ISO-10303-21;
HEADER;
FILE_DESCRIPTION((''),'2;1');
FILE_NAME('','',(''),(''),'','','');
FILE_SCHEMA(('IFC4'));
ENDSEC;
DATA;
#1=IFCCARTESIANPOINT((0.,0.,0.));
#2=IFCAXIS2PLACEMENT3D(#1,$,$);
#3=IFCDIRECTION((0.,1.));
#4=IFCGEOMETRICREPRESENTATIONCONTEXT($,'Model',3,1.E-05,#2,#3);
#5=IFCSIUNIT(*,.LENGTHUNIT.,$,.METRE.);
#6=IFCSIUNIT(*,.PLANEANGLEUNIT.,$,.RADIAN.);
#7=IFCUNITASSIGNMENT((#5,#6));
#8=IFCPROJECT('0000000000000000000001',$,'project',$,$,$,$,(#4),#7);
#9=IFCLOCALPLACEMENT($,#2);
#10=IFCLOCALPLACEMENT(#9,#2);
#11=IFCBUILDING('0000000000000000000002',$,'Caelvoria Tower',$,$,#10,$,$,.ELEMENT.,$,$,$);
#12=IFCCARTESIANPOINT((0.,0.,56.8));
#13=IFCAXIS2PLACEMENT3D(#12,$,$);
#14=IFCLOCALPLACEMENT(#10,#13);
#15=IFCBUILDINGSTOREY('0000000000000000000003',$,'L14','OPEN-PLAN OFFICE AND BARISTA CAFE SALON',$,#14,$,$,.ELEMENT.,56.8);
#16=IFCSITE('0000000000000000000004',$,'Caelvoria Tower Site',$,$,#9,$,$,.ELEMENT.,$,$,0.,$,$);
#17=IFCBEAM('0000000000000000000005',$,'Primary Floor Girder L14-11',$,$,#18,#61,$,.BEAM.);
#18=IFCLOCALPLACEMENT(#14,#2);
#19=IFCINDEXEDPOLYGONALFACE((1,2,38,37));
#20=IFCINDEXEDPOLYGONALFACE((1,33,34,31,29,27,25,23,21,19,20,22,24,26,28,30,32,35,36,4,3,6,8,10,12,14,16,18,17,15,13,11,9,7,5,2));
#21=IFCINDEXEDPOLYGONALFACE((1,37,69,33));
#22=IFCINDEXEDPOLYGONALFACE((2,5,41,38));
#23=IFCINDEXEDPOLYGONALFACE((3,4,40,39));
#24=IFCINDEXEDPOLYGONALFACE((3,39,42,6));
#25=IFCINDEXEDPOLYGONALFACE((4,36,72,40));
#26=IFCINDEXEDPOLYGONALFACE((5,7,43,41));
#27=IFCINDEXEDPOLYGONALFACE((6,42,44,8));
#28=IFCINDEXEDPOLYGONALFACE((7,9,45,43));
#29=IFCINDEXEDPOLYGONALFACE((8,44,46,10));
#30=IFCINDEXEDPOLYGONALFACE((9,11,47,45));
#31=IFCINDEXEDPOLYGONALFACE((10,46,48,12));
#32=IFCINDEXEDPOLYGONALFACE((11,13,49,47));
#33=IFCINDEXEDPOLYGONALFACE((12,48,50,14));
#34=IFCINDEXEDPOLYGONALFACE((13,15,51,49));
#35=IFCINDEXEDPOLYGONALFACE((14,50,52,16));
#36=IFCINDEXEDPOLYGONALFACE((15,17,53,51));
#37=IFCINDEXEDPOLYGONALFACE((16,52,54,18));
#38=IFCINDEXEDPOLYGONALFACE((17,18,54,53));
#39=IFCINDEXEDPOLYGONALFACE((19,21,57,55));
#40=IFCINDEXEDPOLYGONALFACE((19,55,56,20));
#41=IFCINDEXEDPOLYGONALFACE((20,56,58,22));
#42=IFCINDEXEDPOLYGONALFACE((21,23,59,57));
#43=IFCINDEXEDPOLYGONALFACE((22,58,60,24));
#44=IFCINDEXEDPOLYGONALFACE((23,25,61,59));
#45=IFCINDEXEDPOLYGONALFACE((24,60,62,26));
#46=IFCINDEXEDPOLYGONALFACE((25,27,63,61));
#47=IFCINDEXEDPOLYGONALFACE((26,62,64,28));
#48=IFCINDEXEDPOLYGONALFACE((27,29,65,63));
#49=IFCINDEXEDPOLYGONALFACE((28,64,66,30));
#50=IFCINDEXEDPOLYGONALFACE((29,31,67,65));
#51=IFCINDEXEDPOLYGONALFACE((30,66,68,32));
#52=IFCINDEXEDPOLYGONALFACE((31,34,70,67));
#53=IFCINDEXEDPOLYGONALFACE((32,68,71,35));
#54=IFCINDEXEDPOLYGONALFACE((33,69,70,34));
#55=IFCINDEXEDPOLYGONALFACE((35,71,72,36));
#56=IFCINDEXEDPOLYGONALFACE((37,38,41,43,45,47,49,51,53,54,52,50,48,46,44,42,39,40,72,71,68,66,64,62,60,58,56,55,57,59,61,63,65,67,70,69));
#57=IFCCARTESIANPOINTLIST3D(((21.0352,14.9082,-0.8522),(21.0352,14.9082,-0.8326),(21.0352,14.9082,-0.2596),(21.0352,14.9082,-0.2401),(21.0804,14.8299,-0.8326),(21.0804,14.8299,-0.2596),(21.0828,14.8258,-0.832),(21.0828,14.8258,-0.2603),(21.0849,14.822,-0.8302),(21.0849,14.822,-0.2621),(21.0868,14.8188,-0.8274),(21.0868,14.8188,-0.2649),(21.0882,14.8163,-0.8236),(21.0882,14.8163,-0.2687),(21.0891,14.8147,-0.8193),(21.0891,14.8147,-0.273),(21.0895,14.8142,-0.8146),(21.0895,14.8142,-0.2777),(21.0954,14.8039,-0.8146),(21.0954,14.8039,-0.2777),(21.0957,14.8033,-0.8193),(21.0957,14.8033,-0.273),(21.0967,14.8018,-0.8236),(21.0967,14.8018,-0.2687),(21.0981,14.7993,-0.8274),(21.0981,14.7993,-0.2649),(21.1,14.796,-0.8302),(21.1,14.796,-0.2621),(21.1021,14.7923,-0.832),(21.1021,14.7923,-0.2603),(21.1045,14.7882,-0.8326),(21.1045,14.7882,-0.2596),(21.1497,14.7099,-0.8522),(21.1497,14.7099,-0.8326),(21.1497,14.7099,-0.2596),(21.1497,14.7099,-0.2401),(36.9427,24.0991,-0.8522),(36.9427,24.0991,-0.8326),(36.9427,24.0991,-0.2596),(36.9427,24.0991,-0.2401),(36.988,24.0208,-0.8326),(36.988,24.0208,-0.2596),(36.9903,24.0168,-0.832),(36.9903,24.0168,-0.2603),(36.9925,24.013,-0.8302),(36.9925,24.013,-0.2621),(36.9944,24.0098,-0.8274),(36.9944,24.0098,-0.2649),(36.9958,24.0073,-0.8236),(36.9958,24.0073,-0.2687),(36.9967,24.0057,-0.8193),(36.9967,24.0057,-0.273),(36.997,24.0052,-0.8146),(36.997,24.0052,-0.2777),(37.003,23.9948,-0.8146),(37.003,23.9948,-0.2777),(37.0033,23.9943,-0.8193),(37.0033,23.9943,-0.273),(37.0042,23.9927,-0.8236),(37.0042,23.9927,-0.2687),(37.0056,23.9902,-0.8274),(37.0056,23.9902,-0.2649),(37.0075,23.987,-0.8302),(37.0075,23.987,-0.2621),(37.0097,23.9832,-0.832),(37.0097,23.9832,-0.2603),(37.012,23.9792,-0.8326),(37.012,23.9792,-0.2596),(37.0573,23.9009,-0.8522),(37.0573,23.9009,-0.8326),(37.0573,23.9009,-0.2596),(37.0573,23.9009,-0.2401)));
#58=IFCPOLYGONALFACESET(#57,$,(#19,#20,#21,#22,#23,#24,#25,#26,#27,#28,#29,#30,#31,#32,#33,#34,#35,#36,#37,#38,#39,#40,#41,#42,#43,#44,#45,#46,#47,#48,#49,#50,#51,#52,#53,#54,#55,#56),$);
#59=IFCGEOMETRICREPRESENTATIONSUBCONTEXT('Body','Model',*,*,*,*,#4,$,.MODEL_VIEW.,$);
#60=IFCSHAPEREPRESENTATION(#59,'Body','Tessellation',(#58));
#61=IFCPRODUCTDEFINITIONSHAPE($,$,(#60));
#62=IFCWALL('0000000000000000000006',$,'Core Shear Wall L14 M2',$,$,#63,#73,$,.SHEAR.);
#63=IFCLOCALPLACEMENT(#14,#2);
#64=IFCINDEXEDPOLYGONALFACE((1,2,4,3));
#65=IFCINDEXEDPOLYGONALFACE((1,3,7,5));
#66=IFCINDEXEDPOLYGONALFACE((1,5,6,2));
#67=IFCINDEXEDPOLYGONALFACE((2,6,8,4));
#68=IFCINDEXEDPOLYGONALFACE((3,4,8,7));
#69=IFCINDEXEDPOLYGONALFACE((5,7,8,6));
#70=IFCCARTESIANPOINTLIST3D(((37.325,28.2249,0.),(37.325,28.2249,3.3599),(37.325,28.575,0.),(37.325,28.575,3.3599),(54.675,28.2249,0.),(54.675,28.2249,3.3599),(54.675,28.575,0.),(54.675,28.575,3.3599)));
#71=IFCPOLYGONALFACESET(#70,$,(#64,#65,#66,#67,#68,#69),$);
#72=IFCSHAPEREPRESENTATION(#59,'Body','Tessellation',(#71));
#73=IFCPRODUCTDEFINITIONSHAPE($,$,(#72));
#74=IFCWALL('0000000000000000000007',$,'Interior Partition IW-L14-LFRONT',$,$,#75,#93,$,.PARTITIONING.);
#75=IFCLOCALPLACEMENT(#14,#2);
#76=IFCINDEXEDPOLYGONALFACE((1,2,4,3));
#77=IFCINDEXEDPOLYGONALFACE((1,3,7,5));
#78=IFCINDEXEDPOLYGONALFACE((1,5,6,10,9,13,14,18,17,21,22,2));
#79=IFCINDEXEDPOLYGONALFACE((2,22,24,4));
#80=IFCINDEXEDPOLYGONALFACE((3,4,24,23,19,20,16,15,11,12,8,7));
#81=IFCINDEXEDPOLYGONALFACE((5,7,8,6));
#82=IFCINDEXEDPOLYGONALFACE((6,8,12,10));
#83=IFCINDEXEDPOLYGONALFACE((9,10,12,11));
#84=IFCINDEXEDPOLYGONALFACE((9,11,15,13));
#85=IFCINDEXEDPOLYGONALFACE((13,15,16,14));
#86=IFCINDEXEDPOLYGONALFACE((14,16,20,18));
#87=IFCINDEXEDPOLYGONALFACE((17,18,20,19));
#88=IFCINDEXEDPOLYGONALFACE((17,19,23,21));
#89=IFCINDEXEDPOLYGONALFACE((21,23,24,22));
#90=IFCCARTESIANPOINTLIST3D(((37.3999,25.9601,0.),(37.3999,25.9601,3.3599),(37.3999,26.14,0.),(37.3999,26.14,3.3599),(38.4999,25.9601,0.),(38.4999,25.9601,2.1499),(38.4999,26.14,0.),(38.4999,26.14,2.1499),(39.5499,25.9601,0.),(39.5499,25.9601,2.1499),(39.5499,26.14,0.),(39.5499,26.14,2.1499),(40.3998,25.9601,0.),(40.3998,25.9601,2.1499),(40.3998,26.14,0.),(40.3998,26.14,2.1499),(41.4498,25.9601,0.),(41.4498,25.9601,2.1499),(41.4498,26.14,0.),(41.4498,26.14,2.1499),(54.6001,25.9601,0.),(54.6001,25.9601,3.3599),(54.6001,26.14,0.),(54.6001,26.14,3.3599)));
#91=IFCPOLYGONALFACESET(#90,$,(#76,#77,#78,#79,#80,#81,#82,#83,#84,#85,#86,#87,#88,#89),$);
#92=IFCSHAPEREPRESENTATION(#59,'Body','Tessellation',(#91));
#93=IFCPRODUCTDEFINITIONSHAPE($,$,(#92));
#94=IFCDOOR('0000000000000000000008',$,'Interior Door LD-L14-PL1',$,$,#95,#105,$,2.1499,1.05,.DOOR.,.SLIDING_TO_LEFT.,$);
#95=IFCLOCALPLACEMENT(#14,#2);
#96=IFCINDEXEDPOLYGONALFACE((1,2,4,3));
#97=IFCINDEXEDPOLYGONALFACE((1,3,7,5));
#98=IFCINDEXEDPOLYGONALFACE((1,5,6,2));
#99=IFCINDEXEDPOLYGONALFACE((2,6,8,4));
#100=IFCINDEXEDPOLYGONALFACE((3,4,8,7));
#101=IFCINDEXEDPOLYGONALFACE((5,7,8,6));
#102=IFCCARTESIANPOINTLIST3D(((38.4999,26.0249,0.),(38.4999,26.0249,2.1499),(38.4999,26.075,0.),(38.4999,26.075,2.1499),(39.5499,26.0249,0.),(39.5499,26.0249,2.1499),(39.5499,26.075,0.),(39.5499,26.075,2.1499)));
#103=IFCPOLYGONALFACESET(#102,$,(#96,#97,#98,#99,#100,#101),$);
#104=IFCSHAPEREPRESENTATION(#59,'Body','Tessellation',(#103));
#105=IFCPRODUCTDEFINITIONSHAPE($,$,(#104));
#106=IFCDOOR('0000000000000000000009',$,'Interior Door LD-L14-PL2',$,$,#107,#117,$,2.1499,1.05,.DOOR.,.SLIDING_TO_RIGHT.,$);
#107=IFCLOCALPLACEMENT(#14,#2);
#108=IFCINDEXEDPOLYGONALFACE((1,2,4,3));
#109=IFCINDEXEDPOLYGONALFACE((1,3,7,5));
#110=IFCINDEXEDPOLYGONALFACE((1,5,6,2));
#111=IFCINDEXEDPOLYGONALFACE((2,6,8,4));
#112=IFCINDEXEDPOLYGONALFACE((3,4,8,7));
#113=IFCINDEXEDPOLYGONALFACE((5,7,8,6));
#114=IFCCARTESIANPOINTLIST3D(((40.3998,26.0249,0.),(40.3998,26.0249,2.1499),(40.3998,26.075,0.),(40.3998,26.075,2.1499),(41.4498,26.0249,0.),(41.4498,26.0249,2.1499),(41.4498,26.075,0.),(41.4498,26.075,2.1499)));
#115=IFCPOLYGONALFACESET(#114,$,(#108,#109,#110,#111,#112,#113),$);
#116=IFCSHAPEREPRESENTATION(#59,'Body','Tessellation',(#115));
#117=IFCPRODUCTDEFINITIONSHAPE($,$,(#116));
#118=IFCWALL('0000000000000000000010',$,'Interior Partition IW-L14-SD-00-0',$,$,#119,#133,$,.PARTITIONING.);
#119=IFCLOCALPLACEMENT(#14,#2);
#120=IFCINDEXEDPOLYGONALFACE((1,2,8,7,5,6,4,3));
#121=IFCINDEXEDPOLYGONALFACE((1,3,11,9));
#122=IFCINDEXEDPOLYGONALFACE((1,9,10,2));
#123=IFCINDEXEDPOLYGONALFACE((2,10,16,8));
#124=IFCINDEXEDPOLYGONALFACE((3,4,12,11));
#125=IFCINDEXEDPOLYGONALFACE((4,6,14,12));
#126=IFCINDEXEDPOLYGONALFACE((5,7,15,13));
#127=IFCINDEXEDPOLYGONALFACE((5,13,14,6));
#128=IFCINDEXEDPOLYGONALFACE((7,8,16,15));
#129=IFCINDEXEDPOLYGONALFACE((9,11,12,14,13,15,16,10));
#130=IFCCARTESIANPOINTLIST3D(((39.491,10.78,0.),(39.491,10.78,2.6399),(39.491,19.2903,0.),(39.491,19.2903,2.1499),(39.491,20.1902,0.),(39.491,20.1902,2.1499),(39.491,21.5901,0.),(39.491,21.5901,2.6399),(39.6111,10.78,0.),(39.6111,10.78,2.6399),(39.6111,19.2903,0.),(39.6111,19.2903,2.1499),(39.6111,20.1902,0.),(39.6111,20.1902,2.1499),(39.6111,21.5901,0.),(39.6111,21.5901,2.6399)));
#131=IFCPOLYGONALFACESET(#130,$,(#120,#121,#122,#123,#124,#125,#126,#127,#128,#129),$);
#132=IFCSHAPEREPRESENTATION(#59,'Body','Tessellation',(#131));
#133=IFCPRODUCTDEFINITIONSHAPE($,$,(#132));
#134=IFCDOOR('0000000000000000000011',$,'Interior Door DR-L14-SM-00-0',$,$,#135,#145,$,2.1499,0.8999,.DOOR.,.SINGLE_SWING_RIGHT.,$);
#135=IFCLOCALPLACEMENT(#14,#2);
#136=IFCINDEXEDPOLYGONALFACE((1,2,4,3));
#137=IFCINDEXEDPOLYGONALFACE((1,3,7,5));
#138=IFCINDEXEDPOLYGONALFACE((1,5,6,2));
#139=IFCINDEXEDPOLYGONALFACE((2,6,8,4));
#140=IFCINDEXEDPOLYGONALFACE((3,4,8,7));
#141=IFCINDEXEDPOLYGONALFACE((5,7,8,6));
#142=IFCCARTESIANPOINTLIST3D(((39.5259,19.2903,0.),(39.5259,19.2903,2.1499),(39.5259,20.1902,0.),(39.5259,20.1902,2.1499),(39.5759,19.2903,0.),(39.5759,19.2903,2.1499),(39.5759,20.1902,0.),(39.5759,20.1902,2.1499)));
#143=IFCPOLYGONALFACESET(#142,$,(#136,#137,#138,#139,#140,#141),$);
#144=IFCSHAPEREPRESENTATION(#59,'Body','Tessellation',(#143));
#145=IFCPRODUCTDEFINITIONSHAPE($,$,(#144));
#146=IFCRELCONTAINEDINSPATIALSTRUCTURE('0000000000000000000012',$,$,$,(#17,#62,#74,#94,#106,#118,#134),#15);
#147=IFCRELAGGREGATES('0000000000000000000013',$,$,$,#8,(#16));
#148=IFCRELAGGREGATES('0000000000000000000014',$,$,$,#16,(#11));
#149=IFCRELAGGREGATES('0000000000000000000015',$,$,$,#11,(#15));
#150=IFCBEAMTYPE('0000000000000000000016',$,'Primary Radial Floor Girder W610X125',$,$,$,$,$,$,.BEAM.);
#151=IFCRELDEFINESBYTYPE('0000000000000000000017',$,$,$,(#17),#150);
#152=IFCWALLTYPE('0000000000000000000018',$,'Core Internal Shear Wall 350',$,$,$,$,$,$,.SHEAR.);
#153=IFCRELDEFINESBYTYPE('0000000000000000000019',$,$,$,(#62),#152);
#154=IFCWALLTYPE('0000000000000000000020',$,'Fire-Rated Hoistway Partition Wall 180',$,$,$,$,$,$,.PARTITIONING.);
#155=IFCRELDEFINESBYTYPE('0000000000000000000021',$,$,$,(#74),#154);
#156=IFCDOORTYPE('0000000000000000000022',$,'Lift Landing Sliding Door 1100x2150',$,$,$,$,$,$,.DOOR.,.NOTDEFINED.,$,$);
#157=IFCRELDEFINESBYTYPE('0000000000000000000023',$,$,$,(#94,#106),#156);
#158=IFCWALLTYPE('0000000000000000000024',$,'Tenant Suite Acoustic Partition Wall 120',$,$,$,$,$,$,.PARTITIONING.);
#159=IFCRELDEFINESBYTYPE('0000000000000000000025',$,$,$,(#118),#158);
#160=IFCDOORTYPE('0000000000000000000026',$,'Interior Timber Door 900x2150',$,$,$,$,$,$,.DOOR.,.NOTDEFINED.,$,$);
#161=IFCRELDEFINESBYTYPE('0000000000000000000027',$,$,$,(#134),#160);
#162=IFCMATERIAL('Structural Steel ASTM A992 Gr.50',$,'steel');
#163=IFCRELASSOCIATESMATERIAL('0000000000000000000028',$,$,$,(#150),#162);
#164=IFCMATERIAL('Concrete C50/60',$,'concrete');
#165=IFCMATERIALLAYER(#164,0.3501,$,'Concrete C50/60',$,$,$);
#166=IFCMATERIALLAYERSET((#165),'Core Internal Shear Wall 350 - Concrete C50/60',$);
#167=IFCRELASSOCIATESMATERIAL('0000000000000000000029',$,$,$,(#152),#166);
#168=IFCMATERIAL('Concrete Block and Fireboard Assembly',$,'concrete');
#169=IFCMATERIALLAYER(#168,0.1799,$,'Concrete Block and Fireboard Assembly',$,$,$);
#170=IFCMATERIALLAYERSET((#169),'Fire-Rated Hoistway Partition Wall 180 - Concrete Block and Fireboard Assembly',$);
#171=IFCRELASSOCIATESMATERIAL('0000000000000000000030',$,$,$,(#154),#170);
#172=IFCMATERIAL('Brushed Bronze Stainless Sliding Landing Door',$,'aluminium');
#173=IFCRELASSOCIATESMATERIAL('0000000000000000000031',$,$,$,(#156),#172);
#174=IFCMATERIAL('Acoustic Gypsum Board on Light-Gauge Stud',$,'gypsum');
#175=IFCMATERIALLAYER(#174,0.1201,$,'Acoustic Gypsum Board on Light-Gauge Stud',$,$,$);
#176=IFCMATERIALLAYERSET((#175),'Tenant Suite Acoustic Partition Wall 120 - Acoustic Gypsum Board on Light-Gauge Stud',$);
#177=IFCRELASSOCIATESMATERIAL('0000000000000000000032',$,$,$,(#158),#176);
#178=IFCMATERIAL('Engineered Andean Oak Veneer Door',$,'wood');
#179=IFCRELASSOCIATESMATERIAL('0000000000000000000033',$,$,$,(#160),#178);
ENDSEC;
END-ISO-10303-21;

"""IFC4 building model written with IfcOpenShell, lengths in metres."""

from ifc_helpers import new_model, si_unit, direction, frame, frame_2d, origin, origin_2d, place, context, subcontext, project, spatial, rectangle, i_section, extrude, material, layer, layer_set, material_profile, profile_set, type_object, element, fill, save


model = new_model("IFC4")

# Units and contexts
model_context = context("Model", 3, precision=1e-05, world=origin(), true_north=direction((0.0, 1.0)))
body_context = subcontext(model_context, "Body", "Model", "MODEL_VIEW")
ifc_project = project(units=[si_unit("LENGTHUNIT", "METRE"), si_unit("PLANEANGLEUNIT", "RADIAN")], contexts=[model_context])

# Site, building, storey
site_placement = place(None, origin())
site = spatial("IfcSite", under=ifc_project, at=site_placement, Name="Caelvoria Tower Site", CompositionType="ELEMENT", RefElevation=0.0)
building_placement = place(site_placement, origin())
building = spatial("IfcBuilding", under=site, at=building_placement, Name="Caelvoria Tower", CompositionType="ELEMENT")
storey_placement = place(building_placement, frame((0.0, 0.0, 56.8)))
storey = spatial("IfcBuildingStorey", under=building, at=storey_placement, Name="L14", Description="OPEN-PLAN OFFICE AND BARISTA CAFE SALON", CompositionType="ELEMENT", Elevation=56.8)

# Beam
ifc_material_1 = material(Name="Structural Steel ASTM A992 Gr.50", Category="steel")
ifc_material_profile = material_profile(ifc_material_1, i_section(OverallWidth=0.229, OverallDepth=0.6121, WebThickness=0.012, FlangeThickness=0.0195, FilletRadius=0.0181, at=origin_2d()), Name="Structural Steel ASTM A992 Gr.50")
ifc_profile_set = profile_set([ifc_material_profile], Name="W610X125 - Structural Steel ASTM A992 Gr.50")
beam_type = type_object("IfcBeamType", Name="Primary Radial Floor Girder W610X125", PredefinedType="BEAM", material=ifc_profile_set)
beam_placement = place(storey_placement, frame((37.0, 24.0, -0.5461), z_axis=(-0.865867, -0.500275, 0.0), x_axis=(0.500275, -0.865867, 0.0)))
element("IfcBeam", 1, at=beam_placement, inside=storey, type_object=beam_type, Name="Primary Floor Girder L14-11", PredefinedType="BEAM", context=body_context, shape_type="SweptSolid", body=[
    extrude(i_section(OverallWidth=0.229, OverallDepth=0.6121, WebThickness=0.012, FlangeThickness=0.0195, FilletRadius=0.0181, at=origin_2d()), origin(), (0.0, 0.0, 1.0), 18.3718),
])

# Shared definitions
ifc_material_2 = material(Name="Concrete C50/60", Category="concrete")
ifc_layer_1 = layer(ifc_material_2, 0.3501, Name="Concrete C50/60")
ifc_layer_set_1 = layer_set([ifc_layer_1], Name="Core Internal Shear Wall 350 - Concrete C50/60")
wall_type_1 = type_object("IfcWallType", Name="Core Internal Shear Wall 350", PredefinedType="SHEAR", material=ifc_layer_set_1)

# Wall
wall_1_placement = place(storey_placement, frame((37.325, 28.3999, 0.0), z_axis=(0.0, 0.0, 1.0), x_axis=(1.0, 0.0, 0.0)))
element("IfcWall", 2, at=wall_1_placement, inside=storey, type_object=wall_type_1, Name="Core Shear Wall L14 M2", PredefinedType="SHEAR", context=body_context, shape_type="SweptSolid", body=[
    extrude(rectangle(XDim=17.3501, YDim=0.3501, at=frame_2d((8.675, 0.0))), origin(), (0.0, 0.0, 1.0), 3.3599),
])

# Wall, openings, doors
ifc_material_3 = material(Name="Concrete Block and Fireboard Assembly", Category="concrete")
ifc_layer_2 = layer(ifc_material_3, 0.1799, Name="Concrete Block and Fireboard Assembly")
ifc_layer_set_2 = layer_set([ifc_layer_2], Name="Fire-Rated Hoistway Partition Wall 180 - Concrete Block and Fireboard Assembly")
wall_type_2 = type_object("IfcWallType", Name="Fire-Rated Hoistway Partition Wall 180", PredefinedType="PARTITIONING", material=ifc_layer_set_2)
wall_2_placement = place(storey_placement, frame((37.3999, 26.05, 0.0), z_axis=(0.0, 0.0, 1.0), x_axis=(1.0, 0.0, 0.0)))
wall_2 = element("IfcWall", 3, at=wall_2_placement, inside=storey, type_object=wall_type_2, Name="Interior Partition IW-L14-LFRONT", PredefinedType="PARTITIONING", context=body_context, shape_type="SweptSolid", body=[
    extrude(rectangle(XDim=17.2002, YDim=0.1799, at=frame_2d((8.6001, 0.0))), origin(), (0.0, 0.0, 1.0), 3.3599),
])
opening_1_placement = place(wall_2_placement, frame((1.1001, 0.0, 0.0)))
opening_1 = element("IfcOpeningElement", 4, at=opening_1_placement, cuts=wall_2, PredefinedType="OPENING", context=body_context, shape_type="SweptSolid", body=[
    extrude(rectangle(XDim=1.05, YDim=2.1499, at=frame_2d((0.5249, 1.075))), frame((0.0, 0.0999, 0.0), z_axis=(0.0, -1.0, 0.0), x_axis=(1.0, 0.0, 0.0)), (0.0, 0.0, 1.0), 0.2),
])
opening_2_placement = place(wall_2_placement, frame((3.0, 0.0, 0.0)))
opening_2 = element("IfcOpeningElement", 5, at=opening_2_placement, cuts=wall_2, PredefinedType="OPENING", context=body_context, shape_type="SweptSolid", body=[
    extrude(rectangle(XDim=1.05, YDim=2.1499, at=frame_2d((0.5249, 1.075))), frame((0.0, 0.0999, 0.0), z_axis=(0.0, -1.0, 0.0), x_axis=(1.0, 0.0, 0.0)), (0.0, 0.0, 1.0), 0.2),
])
ifc_material_4 = material(Name="Brushed Bronze Stainless Sliding Landing Door", Category="aluminium")
door_type_1 = type_object("IfcDoorType", Name="Lift Landing Sliding Door 1100x2150", OperationType="NOTDEFINED", PredefinedType="DOOR", material=ifc_material_4)
door_1_placement = place(opening_1_placement, origin())
door_1 = element("IfcDoor", 6, at=door_1_placement, inside=storey, type_object=door_type_1, Name="Interior Door LD-L14-PL1", OperationType="SLIDING_TO_LEFT", OverallHeight=2.1499, OverallWidth=1.05, PredefinedType="DOOR", context=body_context, shape_type="SweptSolid", body=[
    extrude(rectangle(XDim=1.05, YDim=2.1499, at=frame_2d((0.5249, 1.075))), frame((0.0, 0.0249, 0.0), z_axis=(0.0, -1.0, 0.0), x_axis=(1.0, 0.0, 0.0)), (0.0, 0.0, 1.0), 0.05),
])
fill(opening_1, door_1)
door_2_placement = place(opening_2_placement, origin())
door_2 = element("IfcDoor", 7, at=door_2_placement, inside=storey, type_object=door_type_1, Name="Interior Door LD-L14-PL2", OperationType="SLIDING_TO_RIGHT", OverallHeight=2.1499, OverallWidth=1.05, PredefinedType="DOOR", context=body_context, shape_type="SweptSolid", body=[
    extrude(rectangle(XDim=1.05, YDim=2.1499, at=frame_2d((0.5249, 1.075))), frame((0.0, 0.0249, 0.0), z_axis=(0.0, -1.0, 0.0), x_axis=(1.0, 0.0, 0.0)), (0.0, 0.0, 1.0), 0.05),
])
fill(opening_2, door_2)

# Wall, opening, door
ifc_material_5 = material(Name="Acoustic Gypsum Board on Light-Gauge Stud", Category="gypsum")
ifc_layer_3 = layer(ifc_material_5, 0.1201, Name="Acoustic Gypsum Board on Light-Gauge Stud")
ifc_layer_set_3 = layer_set([ifc_layer_3], Name="Tenant Suite Acoustic Partition Wall 120 - Acoustic Gypsum Board on Light-Gauge Stud")
wall_type_3 = type_object("IfcWallType", Name="Tenant Suite Acoustic Partition Wall 120", PredefinedType="PARTITIONING", material=ifc_layer_set_3)
wall_3_placement = place(storey_placement, frame((39.551, 21.5901, 0.0), z_axis=(0.0, 0.0, 1.0), x_axis=(0.0, -1.0, 0.0)))
wall_3 = element("IfcWall", 8, at=wall_3_placement, inside=storey, type_object=wall_type_3, Name="Interior Partition IW-L14-SD-00-0", PredefinedType="PARTITIONING", context=body_context, shape_type="SweptSolid", body=[
    extrude(rectangle(XDim=10.8101, YDim=0.1201, at=frame_2d((5.405, 0.0))), origin(), (0.0, 0.0, 1.0), 2.6399),
])
opening_3_placement = place(wall_3_placement, frame((1.3999, 0.0, 0.0)))
opening_3 = element("IfcOpeningElement", 9, at=opening_3_placement, cuts=wall_3, PredefinedType="OPENING", context=body_context, shape_type="SweptSolid", body=[
    extrude(rectangle(XDim=0.8999, YDim=2.1499, at=frame_2d((0.45, 1.075))), frame((0.0, 0.0701, 0.0), z_axis=(0.0, -1.0, 0.0), x_axis=(1.0, 0.0, 0.0)), (0.0, 0.0, 1.0), 0.1401),
])
ifc_material_6 = material(Name="Engineered Andean Oak Veneer Door", Category="wood")
door_type_2 = type_object("IfcDoorType", Name="Interior Timber Door 900x2150", OperationType="NOTDEFINED", PredefinedType="DOOR", material=ifc_material_6)
door_3_placement = place(opening_3_placement, origin())
door_3 = element("IfcDoor", 10, at=door_3_placement, inside=storey, type_object=door_type_2, Name="Interior Door DR-L14-SM-00-0", OperationType="SINGLE_SWING_RIGHT", OverallHeight=2.1499, OverallWidth=0.8999, PredefinedType="DOOR", context=body_context, shape_type="SweptSolid", body=[
    extrude(rectangle(XDim=0.8999, YDim=2.1499, at=frame_2d((0.45, 1.075))), frame((0.0, 0.0249, 0.0), z_axis=(0.0, -1.0, 0.0), x_axis=(1.0, 0.0, 0.0)), (0.0, 0.0, 1.0), 0.05),
])
fill(opening_3, door_3)

save(model, "model.ifc")
